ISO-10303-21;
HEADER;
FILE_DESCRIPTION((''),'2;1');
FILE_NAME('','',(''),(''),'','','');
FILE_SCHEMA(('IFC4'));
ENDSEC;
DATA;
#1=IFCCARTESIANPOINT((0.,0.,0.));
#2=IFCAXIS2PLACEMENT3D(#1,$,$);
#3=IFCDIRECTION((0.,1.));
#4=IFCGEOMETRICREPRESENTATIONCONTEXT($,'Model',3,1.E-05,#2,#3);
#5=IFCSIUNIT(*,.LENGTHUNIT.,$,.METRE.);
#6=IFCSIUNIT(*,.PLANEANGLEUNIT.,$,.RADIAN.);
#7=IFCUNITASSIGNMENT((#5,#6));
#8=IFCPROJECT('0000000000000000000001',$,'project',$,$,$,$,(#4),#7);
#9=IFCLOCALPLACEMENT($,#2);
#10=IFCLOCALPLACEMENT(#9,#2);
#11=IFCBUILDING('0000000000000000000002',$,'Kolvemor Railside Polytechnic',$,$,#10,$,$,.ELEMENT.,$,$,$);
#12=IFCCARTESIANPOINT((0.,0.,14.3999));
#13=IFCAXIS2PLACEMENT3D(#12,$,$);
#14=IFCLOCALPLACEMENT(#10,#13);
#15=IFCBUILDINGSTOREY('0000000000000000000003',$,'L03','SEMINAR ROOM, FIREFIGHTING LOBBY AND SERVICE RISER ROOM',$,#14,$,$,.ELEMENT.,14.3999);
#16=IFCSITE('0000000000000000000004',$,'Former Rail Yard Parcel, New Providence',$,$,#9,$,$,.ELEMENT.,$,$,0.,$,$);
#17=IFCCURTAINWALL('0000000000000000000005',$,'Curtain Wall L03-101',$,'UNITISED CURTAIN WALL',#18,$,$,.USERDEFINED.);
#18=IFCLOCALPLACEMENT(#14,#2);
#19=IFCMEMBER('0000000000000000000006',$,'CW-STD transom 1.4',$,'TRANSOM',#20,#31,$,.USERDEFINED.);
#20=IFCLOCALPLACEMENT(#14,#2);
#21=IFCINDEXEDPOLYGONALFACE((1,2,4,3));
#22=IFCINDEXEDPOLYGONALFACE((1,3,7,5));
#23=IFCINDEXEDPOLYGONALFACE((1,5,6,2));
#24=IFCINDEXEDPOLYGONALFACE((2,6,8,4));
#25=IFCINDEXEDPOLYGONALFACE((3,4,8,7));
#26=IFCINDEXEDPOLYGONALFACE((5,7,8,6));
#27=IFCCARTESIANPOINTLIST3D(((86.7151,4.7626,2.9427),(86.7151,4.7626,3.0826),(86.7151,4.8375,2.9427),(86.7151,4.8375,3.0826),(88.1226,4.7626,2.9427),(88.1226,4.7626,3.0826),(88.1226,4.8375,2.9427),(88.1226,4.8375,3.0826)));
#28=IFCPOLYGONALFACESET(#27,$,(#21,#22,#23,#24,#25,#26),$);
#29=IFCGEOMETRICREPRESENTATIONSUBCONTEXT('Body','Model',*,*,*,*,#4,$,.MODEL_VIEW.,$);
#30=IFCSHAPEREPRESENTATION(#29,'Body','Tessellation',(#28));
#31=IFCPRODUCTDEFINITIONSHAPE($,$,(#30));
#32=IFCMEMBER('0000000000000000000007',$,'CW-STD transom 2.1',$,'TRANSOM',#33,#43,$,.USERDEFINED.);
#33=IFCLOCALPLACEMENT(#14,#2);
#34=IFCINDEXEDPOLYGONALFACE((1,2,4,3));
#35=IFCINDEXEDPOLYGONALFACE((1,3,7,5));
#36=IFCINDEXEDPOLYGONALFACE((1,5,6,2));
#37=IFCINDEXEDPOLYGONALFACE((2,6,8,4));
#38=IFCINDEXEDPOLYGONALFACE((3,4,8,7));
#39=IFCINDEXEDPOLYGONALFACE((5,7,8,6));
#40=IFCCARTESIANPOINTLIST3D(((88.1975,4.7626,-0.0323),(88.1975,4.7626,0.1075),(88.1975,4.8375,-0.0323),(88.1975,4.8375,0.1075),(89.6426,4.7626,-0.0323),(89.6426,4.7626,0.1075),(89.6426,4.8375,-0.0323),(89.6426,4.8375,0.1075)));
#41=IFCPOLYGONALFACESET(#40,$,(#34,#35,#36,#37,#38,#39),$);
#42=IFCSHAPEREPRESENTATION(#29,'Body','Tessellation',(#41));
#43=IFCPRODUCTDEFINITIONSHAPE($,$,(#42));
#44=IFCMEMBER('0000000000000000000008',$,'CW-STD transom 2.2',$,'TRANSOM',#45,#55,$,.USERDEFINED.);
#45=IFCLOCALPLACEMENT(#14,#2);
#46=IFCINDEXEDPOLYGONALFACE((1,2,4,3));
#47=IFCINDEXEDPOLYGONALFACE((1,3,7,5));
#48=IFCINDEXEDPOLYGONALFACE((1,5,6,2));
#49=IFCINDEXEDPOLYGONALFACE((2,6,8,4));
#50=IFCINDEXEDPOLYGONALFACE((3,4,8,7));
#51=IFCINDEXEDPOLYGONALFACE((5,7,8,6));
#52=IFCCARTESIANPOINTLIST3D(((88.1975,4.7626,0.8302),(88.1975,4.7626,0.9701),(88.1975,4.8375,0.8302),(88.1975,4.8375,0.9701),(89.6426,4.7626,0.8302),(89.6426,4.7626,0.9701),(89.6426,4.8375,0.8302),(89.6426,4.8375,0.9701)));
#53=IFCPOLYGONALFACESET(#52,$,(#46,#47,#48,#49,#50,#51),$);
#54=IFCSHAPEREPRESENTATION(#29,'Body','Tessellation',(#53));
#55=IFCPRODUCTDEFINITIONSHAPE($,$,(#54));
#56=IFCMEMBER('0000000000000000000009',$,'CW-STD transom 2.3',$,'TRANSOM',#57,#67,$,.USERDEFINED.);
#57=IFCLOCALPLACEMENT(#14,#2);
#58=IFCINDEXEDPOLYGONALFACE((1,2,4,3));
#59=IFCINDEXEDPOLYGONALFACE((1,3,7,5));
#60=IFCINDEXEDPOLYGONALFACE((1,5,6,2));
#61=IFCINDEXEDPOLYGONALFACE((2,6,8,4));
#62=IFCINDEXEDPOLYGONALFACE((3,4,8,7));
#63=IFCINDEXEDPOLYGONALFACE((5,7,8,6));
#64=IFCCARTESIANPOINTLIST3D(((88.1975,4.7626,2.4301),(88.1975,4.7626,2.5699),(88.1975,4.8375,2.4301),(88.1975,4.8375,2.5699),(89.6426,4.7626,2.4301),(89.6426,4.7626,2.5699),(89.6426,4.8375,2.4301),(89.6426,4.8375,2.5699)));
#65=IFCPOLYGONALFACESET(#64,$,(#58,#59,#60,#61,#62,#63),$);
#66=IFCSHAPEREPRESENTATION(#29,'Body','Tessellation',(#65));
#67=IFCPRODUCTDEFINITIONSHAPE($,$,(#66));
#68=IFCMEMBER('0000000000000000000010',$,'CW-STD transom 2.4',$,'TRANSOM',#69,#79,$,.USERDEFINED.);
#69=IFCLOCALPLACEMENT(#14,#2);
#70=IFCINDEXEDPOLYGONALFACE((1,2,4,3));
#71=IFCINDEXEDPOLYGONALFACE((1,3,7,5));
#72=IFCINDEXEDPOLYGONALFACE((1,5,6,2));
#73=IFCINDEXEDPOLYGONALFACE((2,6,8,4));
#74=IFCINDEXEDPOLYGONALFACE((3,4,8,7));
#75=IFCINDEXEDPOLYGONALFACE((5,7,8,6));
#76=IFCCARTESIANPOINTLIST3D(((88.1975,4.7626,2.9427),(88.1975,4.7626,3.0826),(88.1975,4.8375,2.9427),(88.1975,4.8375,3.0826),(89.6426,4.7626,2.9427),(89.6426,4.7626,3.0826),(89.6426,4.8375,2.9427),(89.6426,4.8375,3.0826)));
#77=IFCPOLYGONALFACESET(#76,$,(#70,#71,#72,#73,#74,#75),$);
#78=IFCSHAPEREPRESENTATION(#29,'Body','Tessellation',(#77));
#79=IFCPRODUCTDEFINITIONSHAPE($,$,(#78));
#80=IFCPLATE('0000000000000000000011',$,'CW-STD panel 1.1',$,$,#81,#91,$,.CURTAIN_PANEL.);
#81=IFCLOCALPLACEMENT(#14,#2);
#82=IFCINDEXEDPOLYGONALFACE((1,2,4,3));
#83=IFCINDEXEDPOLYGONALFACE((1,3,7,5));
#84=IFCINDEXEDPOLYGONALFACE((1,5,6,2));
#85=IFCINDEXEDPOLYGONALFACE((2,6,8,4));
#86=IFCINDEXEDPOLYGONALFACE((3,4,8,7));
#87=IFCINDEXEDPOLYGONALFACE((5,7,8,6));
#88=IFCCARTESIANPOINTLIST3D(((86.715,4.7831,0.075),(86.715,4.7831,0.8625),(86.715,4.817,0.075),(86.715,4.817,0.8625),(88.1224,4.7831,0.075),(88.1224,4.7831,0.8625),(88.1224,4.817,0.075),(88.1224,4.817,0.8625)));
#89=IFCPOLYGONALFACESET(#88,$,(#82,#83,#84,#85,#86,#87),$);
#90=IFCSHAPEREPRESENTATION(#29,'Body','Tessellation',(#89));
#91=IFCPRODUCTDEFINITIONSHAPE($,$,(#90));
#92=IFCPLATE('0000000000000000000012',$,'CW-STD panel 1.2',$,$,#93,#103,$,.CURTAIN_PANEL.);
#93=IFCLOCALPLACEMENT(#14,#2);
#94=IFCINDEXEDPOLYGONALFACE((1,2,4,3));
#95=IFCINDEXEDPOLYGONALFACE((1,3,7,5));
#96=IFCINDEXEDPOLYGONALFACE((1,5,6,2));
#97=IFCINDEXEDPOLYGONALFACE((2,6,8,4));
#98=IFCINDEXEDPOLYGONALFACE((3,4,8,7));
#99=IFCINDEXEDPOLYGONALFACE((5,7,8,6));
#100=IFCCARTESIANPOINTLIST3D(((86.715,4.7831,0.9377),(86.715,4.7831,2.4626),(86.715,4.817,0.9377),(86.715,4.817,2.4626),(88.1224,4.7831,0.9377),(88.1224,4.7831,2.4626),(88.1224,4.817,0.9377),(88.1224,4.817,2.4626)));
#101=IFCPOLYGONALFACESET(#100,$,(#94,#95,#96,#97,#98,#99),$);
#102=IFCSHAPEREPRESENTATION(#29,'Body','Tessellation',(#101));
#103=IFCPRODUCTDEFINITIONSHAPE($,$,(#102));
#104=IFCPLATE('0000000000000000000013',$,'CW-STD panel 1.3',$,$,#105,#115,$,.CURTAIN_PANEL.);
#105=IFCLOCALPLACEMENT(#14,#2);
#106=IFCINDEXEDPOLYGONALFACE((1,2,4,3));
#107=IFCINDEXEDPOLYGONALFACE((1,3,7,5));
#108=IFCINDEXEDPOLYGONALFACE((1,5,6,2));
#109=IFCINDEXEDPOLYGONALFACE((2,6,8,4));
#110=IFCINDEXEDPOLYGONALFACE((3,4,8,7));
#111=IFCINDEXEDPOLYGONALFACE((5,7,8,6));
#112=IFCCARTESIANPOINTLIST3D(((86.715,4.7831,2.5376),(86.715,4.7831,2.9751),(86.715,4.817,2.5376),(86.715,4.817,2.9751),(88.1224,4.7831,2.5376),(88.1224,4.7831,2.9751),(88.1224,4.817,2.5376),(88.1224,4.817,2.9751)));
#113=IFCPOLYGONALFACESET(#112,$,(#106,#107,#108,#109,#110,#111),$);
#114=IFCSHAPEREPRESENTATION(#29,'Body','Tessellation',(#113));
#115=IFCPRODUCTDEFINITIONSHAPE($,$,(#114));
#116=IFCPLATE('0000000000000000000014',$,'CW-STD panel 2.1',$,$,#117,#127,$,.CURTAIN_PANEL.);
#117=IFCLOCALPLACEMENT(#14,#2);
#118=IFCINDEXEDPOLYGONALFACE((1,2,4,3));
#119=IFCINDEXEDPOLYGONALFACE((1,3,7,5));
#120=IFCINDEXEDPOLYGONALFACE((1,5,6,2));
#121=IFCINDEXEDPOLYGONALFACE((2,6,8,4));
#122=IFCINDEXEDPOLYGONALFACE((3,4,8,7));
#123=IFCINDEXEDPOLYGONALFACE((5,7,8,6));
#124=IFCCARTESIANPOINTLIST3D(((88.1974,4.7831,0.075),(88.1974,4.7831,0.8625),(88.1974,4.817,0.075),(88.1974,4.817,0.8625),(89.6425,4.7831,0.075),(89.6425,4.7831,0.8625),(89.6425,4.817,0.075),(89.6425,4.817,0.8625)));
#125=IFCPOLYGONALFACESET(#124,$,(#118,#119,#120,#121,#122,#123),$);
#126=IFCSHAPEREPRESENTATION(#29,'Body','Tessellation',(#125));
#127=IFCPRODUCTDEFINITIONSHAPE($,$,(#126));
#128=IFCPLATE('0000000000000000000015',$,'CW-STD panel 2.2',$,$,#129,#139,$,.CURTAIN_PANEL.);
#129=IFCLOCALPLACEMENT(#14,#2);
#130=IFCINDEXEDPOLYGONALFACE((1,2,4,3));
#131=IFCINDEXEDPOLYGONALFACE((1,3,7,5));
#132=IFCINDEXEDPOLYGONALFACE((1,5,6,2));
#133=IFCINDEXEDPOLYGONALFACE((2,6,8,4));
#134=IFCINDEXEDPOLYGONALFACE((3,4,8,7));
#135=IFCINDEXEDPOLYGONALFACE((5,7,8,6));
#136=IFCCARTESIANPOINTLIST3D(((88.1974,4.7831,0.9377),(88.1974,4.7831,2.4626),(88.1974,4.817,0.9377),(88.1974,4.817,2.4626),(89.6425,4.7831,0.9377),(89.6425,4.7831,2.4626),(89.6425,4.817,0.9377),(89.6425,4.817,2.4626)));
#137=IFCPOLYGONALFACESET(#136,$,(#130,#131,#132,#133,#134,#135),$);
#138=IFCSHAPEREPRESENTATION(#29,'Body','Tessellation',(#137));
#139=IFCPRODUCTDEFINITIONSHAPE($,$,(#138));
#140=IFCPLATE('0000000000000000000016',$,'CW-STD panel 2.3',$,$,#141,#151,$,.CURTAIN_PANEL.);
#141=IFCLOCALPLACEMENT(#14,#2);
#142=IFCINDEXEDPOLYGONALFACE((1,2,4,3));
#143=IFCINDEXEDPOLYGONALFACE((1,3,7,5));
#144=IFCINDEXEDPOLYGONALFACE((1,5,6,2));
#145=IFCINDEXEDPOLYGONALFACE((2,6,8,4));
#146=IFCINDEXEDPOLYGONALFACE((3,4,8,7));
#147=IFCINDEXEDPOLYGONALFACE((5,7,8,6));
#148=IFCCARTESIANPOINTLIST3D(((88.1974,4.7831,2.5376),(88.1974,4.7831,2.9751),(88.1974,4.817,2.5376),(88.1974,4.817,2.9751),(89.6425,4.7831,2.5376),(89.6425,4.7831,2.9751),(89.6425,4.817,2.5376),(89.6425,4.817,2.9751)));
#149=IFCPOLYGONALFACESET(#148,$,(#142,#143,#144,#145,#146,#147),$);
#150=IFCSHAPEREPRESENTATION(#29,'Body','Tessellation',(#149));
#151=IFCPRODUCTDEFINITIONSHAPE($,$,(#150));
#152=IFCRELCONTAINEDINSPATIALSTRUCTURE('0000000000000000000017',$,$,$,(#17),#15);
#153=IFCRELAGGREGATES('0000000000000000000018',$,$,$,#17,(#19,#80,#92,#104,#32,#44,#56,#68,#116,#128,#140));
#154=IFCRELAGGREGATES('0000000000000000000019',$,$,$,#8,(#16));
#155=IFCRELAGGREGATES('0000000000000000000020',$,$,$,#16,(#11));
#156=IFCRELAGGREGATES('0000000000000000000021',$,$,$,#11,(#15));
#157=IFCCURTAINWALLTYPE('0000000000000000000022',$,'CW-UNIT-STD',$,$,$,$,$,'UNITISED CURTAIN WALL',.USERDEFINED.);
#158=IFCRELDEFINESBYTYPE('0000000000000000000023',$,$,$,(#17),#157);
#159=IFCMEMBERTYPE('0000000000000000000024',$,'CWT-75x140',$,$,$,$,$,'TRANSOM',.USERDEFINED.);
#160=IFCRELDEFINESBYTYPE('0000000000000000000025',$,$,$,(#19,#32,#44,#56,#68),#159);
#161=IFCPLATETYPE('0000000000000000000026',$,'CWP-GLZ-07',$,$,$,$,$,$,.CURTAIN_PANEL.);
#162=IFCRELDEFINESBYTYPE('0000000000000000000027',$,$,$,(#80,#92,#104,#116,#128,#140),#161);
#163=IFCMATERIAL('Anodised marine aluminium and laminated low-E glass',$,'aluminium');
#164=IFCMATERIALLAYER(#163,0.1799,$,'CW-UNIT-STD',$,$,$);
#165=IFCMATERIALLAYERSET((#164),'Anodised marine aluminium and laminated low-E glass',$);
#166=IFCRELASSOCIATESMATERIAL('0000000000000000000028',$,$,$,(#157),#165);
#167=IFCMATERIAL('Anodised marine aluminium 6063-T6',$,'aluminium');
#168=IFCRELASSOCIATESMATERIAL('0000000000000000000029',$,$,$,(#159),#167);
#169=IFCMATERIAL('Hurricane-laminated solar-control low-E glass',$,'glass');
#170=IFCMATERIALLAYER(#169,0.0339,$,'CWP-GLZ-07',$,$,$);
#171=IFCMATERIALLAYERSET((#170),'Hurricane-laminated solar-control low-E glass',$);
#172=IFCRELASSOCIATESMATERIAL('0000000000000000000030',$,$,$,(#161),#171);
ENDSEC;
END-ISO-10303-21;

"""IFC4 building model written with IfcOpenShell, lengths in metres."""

from ifc_helpers import new_model, si_unit, direction, frame, origin, origin_2d, place, context, subcontext, project, spatial, rectangle, extrude, material, layer, layer_set, material_profile, profile_set, type_object, element, aggregate, save


model = new_model("IFC4")

# Units and contexts
model_context = context("Model", 3, precision=1e-05, world=origin(), true_north=direction((0.0, 1.0)))
body_context = subcontext(model_context, "Body", "Model", "MODEL_VIEW")
ifc_project = project(units=[si_unit("LENGTHUNIT", "METRE"), si_unit("PLANEANGLEUNIT", "RADIAN")], contexts=[model_context])

# Site, building, storey
site_placement = place(None, origin())
site = spatial("IfcSite", under=ifc_project, at=site_placement, Name="Former Rail Yard Parcel, New Providence", CompositionType="ELEMENT", RefElevation=0.0)
building_placement = place(site_placement, origin())
building = spatial("IfcBuilding", under=site, at=building_placement, Name="Kolvemor Railside Polytechnic", CompositionType="ELEMENT")
storey_placement = place(building_placement, frame((0.0, 0.0, 14.3999)))
storey = spatial("IfcBuildingStorey", under=building, at=storey_placement, Name="L03", Description="SEMINAR ROOM, FIREFIGHTING LOBBY AND SERVICE RISER ROOM", CompositionType="ELEMENT", Elevation=14.3999)

# Curtain wall, members, plates
ifc_material_1 = material(Name="Anodised marine aluminium and laminated low-E glass", Category="aluminium")
ifc_layer_1 = layer(ifc_material_1, 0.1799, Name="CW-UNIT-STD")
ifc_layer_set_1 = layer_set([ifc_layer_1], Name="Anodised marine aluminium and laminated low-E glass")
curtain_wall_type = type_object("IfcCurtainWallType", Name="CW-UNIT-STD", ElementType="UNITISED CURTAIN WALL", PredefinedType="USERDEFINED", material=ifc_layer_set_1)
curtain_wall_placement = place(storey_placement, origin())
curtain_wall = element("IfcCurtainWall", 1, at=curtain_wall_placement, inside=storey, type_object=curtain_wall_type, Name="Curtain Wall L03-101", ObjectType="UNITISED CURTAIN WALL", PredefinedType="USERDEFINED")
ifc_material_2 = material(Name="Anodised marine aluminium 6063-T6", Category="aluminium")
ifc_material_profile_1 = material_profile(ifc_material_2, rectangle(XDim=0.075, YDim=0.1399, at=origin_2d()), Name="CW-TRN-75x140")
ifc_profile_set_1 = profile_set([ifc_material_profile_1], Name="Anodised marine aluminium 6063-T6")
member_type_1 = type_object("IfcMemberType", Name="CWT-75x140", ElementType="TRANSOM", PredefinedType="USERDEFINED", material=ifc_profile_set_1)
member_1_placement = place(storey_placement, frame((86.7151, 4.8, 3.0127), z_axis=(1.0, 0.0, 0.0), x_axis=(0.0, 1.0, 0.0)))
member_1 = element("IfcMember", 2, at=member_1_placement, type_object=member_type_1, Name="CW-STD transom 1.4", ObjectType="TRANSOM", PredefinedType="USERDEFINED", context=body_context, shape_type="SweptSolid", body=[
    extrude(rectangle(XDim=0.075, YDim=0.1399, at=origin_2d()), origin(), (0.0, 0.0, 1.0), 1.4075),
])
member_2_placement = place(storey_placement, frame((88.1975, 4.8, 0.0376), z_axis=(1.0, 0.0, 0.0), x_axis=(0.0, 1.0, 0.0)))
member_2 = element("IfcMember", 3, at=member_2_placement, type_object=member_type_1, Name="CW-STD transom 2.1", ObjectType="TRANSOM", PredefinedType="USERDEFINED", context=body_context, shape_type="SweptSolid", body=[
    extrude(rectangle(XDim=0.075, YDim=0.1399, at=origin_2d()), origin(), (0.0, 0.0, 1.0), 1.4451),
])
member_3_placement = place(storey_placement, frame((88.1975, 4.8, 0.9001), z_axis=(1.0, 0.0, 0.0), x_axis=(0.0, 1.0, 0.0)))
member_3 = element("IfcMember", 4, at=member_3_placement, type_object=member_type_1, Name="CW-STD transom 2.2", ObjectType="TRANSOM", PredefinedType="USERDEFINED", context=body_context, shape_type="SweptSolid", body=[
    extrude(rectangle(XDim=0.075, YDim=0.1399, at=origin_2d()), origin(), (0.0, 0.0, 1.0), 1.4451),
])
member_4_placement = place(storey_placement, frame((88.1975, 4.8, 2.5), z_axis=(1.0, 0.0, 0.0), x_axis=(0.0, 1.0, 0.0)))
member_4 = element("IfcMember", 5, at=member_4_placement, type_object=member_type_1, Name="CW-STD transom 2.3", ObjectType="TRANSOM", PredefinedType="USERDEFINED", context=body_context, shape_type="SweptSolid", body=[
    extrude(rectangle(XDim=0.075, YDim=0.1399, at=origin_2d()), origin(), (0.0, 0.0, 1.0), 1.4451),
])
member_5_placement = place(storey_placement, frame((88.1975, 4.8, 3.0127), z_axis=(1.0, 0.0, 0.0), x_axis=(0.0, 1.0, 0.0)))
member_5 = element("IfcMember", 6, at=member_5_placement, type_object=member_type_1, Name="CW-STD transom 2.4", ObjectType="TRANSOM", PredefinedType="USERDEFINED", context=body_context, shape_type="SweptSolid", body=[
    extrude(rectangle(XDim=0.075, YDim=0.1399, at=origin_2d()), origin(), (0.0, 0.0, 1.0), 1.4451),
])
ifc_material_3 = material(Name="Hurricane-laminated solar-control low-E glass", Category="glass")
ifc_layer_2 = layer(ifc_material_3, 0.0339, Name="CWP-GLZ-07")
ifc_layer_set_2 = layer_set([ifc_layer_2], Name="Hurricane-laminated solar-control low-E glass")
plate_type = type_object("IfcPlateType", Name="CWP-GLZ-07", PredefinedType="CURTAIN_PANEL", material=ifc_layer_set_2)
plate_1_placement = place(storey_placement, frame((87.4187, 4.8, 0.075), z_axis=(0.0, 0.0, 1.0), x_axis=(1.0, 0.0, 0.0)))
plate_1 = element("IfcPlate", 7, at=plate_1_placement, type_object=plate_type, Name="CW-STD panel 1.1", PredefinedType="CURTAIN_PANEL", context=body_context, shape_type="SweptSolid", body=[
    extrude(rectangle(XDim=1.4075, YDim=0.0339, at=origin_2d()), origin(), (0.0, 0.0, 1.0), 0.7876),
])
plate_2_placement = place(storey_placement, frame((87.4187, 4.8, 0.9377), z_axis=(0.0, 0.0, 1.0), x_axis=(1.0, 0.0, 0.0)))
plate_2 = element("IfcPlate", 8, at=plate_2_placement, type_object=plate_type, Name="CW-STD panel 1.2", PredefinedType="CURTAIN_PANEL", context=body_context, shape_type="SweptSolid", body=[
    extrude(rectangle(XDim=1.4075, YDim=0.0339, at=origin_2d()), origin(), (0.0, 0.0, 1.0), 1.5249),
])
plate_3_placement = place(storey_placement, frame((87.4187, 4.8, 2.5376), z_axis=(0.0, 0.0, 1.0), x_axis=(1.0, 0.0, 0.0)))
plate_3 = element("IfcPlate", 9, at=plate_3_placement, type_object=plate_type, Name="CW-STD panel 1.3", PredefinedType="CURTAIN_PANEL", context=body_context, shape_type="SweptSolid", body=[
    extrude(rectangle(XDim=1.4075, YDim=0.0339, at=origin_2d()), origin(), (0.0, 0.0, 1.0), 0.4375),
])
plate_4_placement = place(storey_placement, frame((88.9199, 4.8, 0.075), z_axis=(0.0, 0.0, 1.0), x_axis=(1.0, 0.0, 0.0)))
plate_4 = element("IfcPlate", 10, at=plate_4_placement, type_object=plate_type, Name="CW-STD panel 2.1", PredefinedType="CURTAIN_PANEL", context=body_context, shape_type="SweptSolid", body=[
    extrude(rectangle(XDim=1.4451, YDim=0.0339, at=origin_2d()), origin(), (0.0, 0.0, 1.0), 0.7876),
])
plate_5_placement = place(storey_placement, frame((88.9199, 4.8, 0.9377), z_axis=(0.0, 0.0, 1.0), x_axis=(1.0, 0.0, 0.0)))
plate_5 = element("IfcPlate", 11, at=plate_5_placement, type_object=plate_type, Name="CW-STD panel 2.2", PredefinedType="CURTAIN_PANEL", context=body_context, shape_type="SweptSolid", body=[
    extrude(rectangle(XDim=1.4451, YDim=0.0339, at=origin_2d()), origin(), (0.0, 0.0, 1.0), 1.5249),
])
plate_6_placement = place(storey_placement, frame((88.9199, 4.8, 2.5376), z_axis=(0.0, 0.0, 1.0), x_axis=(1.0, 0.0, 0.0)))
plate_6 = element("IfcPlate", 12, at=plate_6_placement, type_object=plate_type, Name="CW-STD panel 2.3", PredefinedType="CURTAIN_PANEL", context=body_context, shape_type="SweptSolid", body=[
    extrude(rectangle(XDim=1.4451, YDim=0.0339, at=origin_2d()), origin(), (0.0, 0.0, 1.0), 0.4375),
])
aggregate(curtain_wall, [member_1, plate_1, plate_2, plate_3, member_2, member_3, member_4, member_5, plate_4, plate_5, plate_6])

save(model, "model.ifc")
